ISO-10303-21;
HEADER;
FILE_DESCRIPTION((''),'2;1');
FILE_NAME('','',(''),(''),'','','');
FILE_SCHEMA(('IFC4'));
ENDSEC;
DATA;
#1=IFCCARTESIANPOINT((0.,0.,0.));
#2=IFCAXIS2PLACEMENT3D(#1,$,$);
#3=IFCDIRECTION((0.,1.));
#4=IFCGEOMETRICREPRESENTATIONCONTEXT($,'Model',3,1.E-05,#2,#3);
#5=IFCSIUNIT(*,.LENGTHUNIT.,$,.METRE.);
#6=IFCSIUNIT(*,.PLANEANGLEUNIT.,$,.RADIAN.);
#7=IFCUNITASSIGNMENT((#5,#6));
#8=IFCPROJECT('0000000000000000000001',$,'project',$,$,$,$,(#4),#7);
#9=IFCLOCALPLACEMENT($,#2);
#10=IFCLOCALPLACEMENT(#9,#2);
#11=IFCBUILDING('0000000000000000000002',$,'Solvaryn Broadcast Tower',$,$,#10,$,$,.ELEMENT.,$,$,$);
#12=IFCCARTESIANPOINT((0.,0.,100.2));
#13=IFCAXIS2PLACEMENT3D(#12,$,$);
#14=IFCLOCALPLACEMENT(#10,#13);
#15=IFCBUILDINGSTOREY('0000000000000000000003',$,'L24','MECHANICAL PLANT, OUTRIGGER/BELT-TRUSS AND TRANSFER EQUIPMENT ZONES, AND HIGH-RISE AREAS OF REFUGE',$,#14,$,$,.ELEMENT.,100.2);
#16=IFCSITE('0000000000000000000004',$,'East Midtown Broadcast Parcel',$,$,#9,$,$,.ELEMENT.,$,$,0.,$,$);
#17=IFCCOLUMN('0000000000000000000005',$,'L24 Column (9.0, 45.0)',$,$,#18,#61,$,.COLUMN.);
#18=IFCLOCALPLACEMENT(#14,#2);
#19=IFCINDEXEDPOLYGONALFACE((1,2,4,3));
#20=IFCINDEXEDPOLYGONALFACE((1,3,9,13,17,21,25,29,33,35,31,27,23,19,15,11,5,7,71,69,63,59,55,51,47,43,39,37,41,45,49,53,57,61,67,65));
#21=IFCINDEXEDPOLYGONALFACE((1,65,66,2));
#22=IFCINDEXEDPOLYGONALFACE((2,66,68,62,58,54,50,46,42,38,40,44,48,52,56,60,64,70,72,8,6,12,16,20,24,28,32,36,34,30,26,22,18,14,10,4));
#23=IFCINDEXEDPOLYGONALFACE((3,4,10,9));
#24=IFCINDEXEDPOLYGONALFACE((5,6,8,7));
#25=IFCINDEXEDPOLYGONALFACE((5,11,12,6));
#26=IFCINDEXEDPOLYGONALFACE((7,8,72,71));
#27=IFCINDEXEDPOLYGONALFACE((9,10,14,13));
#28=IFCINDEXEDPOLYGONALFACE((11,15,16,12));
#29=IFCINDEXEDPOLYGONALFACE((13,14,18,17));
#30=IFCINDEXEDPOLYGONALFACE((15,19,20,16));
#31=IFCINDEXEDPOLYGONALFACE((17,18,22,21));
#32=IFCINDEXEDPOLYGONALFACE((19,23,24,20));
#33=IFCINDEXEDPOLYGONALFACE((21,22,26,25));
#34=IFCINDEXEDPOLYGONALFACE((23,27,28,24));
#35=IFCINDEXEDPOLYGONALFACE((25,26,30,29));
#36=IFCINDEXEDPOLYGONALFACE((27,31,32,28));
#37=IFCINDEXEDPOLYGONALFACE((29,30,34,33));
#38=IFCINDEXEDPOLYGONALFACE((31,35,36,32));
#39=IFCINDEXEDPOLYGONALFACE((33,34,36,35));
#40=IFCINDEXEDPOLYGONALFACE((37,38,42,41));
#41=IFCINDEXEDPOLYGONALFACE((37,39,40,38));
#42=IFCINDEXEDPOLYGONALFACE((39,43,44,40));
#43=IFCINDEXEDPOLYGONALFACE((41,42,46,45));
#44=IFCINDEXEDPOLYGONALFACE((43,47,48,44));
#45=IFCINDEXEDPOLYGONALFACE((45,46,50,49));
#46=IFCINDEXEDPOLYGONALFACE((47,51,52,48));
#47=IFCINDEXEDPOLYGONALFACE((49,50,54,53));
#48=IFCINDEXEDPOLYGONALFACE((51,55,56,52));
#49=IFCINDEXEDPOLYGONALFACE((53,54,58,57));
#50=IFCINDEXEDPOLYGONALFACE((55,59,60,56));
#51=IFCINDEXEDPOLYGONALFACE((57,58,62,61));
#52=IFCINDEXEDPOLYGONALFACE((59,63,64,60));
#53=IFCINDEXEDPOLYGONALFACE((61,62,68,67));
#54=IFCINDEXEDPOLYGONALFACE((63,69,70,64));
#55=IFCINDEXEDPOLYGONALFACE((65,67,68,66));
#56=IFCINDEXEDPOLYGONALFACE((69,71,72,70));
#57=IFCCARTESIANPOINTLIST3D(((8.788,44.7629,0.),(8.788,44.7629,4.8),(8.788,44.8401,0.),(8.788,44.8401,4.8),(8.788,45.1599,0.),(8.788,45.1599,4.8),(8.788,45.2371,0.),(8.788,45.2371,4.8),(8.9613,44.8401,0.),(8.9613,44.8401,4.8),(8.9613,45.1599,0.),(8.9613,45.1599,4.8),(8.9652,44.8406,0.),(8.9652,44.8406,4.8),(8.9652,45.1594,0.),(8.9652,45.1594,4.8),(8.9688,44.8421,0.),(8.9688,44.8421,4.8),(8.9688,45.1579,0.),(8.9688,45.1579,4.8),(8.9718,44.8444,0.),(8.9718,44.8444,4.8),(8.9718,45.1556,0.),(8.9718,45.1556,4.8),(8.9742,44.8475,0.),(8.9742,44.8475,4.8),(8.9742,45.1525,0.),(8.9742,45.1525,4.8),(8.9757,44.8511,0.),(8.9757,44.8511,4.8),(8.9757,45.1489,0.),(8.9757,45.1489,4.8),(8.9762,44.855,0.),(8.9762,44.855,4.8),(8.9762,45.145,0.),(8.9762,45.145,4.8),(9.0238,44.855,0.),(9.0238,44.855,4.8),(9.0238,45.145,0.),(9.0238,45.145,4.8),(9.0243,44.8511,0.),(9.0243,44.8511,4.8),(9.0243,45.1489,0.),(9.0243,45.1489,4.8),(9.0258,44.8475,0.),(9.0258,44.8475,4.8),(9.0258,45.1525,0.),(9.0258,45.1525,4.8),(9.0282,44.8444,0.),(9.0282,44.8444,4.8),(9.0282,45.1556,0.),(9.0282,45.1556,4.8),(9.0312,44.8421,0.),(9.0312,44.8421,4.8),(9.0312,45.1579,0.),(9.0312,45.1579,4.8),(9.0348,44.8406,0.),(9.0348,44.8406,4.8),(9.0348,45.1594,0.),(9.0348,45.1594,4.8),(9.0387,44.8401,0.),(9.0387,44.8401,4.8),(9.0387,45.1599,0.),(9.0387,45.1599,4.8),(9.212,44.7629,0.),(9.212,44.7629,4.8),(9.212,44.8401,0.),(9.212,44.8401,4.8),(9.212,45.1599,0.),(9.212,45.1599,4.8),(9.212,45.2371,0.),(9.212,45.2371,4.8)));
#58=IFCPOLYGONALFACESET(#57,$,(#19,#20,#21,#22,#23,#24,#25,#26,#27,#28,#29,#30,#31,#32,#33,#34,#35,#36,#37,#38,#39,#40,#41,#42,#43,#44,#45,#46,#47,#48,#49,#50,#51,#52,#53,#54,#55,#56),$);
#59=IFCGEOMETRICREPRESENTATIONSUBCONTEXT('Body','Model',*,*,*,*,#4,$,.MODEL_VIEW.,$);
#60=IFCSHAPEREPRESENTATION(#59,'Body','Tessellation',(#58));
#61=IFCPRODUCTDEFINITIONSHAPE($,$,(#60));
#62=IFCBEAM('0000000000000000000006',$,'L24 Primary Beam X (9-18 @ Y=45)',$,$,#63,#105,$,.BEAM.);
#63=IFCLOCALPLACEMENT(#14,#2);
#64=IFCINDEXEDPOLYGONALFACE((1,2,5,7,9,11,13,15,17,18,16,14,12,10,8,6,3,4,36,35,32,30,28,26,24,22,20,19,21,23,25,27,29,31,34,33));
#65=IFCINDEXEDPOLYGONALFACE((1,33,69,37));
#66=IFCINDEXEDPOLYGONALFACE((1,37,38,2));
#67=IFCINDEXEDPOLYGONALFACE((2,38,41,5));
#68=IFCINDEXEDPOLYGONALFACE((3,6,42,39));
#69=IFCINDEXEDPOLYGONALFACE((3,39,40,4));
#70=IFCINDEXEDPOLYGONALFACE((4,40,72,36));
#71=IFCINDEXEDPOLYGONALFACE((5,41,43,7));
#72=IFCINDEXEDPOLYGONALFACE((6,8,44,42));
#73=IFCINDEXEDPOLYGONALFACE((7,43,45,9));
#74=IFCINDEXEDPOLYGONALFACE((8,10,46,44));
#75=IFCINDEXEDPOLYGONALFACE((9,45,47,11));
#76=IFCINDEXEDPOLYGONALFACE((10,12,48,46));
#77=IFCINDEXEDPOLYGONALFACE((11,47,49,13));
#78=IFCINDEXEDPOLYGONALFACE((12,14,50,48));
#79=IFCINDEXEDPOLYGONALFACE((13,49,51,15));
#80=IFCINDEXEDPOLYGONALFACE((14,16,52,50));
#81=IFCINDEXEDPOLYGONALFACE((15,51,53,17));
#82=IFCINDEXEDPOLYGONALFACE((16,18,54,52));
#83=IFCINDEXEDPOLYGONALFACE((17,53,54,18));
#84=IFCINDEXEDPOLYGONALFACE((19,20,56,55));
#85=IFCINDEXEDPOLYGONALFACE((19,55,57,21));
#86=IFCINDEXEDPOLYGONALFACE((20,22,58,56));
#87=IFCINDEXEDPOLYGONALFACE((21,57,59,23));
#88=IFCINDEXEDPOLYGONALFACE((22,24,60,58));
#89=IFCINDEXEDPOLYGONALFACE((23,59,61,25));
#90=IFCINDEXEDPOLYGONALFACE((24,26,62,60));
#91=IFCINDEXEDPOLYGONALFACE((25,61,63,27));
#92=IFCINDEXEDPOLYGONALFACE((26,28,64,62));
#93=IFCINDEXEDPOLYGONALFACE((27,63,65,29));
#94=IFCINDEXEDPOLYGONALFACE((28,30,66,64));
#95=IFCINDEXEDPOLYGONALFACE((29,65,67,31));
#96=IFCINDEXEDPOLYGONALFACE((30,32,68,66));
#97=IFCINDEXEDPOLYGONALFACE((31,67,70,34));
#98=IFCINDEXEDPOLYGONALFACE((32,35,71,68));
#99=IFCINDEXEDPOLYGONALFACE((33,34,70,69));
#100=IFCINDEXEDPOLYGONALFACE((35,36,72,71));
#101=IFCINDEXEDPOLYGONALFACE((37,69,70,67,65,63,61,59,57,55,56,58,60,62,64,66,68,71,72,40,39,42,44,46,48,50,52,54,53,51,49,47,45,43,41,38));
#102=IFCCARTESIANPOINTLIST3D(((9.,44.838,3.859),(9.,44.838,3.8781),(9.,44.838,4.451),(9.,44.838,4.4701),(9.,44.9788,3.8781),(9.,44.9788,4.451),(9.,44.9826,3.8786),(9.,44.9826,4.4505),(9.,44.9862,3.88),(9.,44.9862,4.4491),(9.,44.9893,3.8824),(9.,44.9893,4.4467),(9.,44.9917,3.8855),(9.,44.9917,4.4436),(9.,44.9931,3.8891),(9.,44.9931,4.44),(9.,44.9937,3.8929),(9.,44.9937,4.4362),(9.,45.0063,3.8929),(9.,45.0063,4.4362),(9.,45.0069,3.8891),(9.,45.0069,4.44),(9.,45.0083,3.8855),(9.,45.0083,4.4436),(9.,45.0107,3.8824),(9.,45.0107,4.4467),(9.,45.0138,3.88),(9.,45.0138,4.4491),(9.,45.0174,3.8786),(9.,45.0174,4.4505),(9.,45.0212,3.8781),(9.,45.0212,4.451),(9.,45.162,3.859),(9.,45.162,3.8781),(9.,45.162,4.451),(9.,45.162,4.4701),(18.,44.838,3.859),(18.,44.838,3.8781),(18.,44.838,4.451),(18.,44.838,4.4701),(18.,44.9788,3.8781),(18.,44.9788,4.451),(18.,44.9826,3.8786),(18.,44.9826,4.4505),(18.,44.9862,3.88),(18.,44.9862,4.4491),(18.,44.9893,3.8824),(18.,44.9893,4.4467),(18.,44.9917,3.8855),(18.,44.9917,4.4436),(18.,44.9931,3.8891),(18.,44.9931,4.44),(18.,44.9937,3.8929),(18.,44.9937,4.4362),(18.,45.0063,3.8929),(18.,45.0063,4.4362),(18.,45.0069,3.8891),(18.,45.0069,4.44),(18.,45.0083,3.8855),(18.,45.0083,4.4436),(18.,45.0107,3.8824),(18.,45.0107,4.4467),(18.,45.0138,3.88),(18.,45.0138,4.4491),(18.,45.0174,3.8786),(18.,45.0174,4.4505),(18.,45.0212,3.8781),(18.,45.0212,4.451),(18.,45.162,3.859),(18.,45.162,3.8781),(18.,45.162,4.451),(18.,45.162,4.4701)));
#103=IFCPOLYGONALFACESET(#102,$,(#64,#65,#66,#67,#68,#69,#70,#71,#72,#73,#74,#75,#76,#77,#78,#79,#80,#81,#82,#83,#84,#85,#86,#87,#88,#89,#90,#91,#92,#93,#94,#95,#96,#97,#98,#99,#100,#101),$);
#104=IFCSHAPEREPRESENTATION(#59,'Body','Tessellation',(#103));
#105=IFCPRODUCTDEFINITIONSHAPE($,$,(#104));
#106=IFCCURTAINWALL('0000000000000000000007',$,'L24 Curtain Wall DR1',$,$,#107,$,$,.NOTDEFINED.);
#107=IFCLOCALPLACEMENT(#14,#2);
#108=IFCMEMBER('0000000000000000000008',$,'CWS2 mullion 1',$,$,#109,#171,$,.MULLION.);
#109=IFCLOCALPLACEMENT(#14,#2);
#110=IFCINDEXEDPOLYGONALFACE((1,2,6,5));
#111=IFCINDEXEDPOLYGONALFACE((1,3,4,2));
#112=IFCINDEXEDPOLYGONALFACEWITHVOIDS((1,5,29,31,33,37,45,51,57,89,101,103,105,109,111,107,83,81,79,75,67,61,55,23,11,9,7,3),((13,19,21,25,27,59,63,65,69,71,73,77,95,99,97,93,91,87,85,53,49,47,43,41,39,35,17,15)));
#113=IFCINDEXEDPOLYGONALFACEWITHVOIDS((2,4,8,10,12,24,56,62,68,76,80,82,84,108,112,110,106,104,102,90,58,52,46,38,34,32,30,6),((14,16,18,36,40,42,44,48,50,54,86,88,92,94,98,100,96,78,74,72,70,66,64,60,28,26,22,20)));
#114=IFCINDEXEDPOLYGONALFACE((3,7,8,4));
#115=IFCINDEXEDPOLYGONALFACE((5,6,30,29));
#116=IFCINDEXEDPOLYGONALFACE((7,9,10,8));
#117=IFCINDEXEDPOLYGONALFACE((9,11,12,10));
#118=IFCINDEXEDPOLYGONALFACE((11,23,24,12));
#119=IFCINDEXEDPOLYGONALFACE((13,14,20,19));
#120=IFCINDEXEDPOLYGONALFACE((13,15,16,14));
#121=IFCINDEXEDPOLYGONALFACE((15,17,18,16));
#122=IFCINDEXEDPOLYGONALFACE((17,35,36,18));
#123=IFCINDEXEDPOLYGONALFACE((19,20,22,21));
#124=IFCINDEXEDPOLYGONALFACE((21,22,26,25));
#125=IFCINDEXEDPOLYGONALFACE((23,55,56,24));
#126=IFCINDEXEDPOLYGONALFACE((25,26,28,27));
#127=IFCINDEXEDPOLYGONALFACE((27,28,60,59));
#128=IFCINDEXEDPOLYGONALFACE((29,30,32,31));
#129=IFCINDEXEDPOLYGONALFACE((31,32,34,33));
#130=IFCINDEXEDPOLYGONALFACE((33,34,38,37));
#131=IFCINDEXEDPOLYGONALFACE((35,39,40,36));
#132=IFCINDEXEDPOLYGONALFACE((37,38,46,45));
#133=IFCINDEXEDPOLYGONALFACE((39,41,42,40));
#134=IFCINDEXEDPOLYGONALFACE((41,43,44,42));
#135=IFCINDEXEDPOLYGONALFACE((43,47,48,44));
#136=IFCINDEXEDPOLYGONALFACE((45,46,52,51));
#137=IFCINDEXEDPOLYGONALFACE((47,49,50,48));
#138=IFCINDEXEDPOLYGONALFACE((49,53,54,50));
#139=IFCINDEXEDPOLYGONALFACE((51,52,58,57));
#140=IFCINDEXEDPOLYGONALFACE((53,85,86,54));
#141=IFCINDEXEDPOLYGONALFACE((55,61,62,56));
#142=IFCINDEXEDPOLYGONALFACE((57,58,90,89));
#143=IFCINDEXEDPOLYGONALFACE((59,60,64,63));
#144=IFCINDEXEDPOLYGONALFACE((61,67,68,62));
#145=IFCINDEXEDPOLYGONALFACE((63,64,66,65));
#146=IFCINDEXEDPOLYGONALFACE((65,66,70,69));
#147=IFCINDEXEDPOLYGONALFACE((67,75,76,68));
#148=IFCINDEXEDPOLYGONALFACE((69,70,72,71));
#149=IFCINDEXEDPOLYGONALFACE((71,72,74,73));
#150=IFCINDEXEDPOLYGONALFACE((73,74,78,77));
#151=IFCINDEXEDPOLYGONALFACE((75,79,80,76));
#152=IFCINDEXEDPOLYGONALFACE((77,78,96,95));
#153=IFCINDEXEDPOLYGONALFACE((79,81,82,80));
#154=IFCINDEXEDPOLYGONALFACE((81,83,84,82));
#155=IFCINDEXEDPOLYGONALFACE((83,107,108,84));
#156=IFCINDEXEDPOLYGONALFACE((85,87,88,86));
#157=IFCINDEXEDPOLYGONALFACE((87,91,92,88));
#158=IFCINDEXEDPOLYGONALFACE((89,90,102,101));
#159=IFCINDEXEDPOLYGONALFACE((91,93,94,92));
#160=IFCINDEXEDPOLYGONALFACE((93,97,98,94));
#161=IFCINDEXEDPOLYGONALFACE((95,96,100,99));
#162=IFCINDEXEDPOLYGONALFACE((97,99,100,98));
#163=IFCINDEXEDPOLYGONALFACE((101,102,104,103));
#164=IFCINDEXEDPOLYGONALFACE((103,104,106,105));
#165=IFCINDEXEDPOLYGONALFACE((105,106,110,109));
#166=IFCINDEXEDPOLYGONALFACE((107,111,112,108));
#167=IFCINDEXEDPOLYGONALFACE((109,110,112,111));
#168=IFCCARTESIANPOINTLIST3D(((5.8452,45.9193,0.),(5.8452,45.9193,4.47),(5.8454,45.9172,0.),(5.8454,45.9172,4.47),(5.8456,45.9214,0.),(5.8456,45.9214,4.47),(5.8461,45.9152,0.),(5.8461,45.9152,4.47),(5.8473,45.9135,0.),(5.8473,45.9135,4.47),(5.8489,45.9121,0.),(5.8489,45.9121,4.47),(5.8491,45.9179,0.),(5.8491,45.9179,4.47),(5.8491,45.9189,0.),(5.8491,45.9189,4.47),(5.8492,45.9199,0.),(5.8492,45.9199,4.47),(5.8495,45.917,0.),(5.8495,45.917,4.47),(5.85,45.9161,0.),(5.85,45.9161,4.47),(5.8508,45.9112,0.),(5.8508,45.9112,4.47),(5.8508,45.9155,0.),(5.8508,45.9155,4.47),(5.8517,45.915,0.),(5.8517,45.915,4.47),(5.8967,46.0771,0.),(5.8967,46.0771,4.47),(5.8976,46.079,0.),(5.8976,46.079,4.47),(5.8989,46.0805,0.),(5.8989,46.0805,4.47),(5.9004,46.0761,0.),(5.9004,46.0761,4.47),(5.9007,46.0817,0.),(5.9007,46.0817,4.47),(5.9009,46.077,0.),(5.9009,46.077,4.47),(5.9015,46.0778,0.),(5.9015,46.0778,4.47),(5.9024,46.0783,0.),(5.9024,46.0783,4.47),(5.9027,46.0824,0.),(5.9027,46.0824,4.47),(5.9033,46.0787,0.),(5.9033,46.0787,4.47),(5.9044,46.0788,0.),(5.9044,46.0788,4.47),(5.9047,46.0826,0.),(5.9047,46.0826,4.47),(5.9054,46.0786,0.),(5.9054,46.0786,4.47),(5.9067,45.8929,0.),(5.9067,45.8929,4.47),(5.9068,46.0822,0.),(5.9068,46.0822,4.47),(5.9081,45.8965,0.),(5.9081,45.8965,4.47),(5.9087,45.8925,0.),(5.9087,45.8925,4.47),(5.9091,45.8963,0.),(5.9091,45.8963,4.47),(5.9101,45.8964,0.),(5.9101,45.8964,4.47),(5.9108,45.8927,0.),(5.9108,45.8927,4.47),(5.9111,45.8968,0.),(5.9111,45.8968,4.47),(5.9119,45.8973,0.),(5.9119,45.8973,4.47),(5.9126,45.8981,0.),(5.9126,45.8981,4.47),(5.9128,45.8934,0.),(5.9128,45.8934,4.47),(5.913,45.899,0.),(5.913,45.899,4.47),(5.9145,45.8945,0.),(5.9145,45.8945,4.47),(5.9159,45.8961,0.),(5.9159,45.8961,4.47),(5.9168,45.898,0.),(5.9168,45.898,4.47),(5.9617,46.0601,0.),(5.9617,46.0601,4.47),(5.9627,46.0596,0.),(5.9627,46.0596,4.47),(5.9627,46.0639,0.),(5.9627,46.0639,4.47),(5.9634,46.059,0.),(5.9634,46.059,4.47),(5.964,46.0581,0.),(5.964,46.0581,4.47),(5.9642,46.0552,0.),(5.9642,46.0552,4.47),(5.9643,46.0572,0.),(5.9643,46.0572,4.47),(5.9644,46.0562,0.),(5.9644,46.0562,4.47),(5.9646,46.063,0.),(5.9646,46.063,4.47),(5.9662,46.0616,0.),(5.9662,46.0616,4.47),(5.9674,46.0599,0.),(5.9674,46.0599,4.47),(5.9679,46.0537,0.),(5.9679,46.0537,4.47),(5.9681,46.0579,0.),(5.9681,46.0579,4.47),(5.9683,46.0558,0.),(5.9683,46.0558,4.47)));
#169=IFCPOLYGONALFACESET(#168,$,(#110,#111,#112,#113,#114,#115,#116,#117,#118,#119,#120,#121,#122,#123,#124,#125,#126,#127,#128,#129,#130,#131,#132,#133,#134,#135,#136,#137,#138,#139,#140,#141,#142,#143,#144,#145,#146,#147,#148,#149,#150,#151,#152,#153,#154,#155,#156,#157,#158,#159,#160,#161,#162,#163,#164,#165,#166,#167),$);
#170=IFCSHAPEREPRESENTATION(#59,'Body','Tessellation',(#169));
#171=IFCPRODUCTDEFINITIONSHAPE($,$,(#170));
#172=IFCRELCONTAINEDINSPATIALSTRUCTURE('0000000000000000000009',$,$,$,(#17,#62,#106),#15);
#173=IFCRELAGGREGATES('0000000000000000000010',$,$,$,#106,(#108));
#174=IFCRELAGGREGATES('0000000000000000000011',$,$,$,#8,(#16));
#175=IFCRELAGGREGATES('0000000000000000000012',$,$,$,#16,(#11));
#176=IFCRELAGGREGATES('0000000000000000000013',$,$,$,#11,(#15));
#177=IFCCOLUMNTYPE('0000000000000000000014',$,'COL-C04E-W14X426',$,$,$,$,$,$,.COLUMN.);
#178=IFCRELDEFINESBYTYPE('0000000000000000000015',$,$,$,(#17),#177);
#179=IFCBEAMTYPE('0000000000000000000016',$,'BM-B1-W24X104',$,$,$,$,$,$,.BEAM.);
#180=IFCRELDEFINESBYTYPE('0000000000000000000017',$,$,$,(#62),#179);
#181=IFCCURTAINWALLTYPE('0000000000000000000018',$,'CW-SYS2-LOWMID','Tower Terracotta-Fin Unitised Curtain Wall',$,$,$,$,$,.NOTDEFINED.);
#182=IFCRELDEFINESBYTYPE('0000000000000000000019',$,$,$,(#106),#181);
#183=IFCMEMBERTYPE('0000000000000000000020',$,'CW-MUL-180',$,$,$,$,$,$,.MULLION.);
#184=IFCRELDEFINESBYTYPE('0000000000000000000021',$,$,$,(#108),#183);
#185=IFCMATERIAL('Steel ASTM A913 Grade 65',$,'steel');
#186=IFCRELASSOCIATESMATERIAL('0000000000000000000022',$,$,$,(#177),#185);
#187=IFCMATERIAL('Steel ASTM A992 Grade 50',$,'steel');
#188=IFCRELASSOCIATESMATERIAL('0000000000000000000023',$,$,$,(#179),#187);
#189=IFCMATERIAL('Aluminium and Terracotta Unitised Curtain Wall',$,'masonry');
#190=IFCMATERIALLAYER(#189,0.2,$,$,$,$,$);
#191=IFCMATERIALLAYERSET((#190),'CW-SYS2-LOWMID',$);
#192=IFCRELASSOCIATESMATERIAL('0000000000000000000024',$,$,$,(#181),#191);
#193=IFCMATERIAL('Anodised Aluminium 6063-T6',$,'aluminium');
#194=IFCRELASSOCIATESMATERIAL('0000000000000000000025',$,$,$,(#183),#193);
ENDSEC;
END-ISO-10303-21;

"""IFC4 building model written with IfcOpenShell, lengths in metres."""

from ifc_helpers import new_model, si_unit, direction, frame, origin, origin_2d, place, context, subcontext, project, spatial, hollow_rectangle, i_section, extrude, material, layer, layer_set, material_profile, profile_set, type_object, element, aggregate, save


model = new_model("IFC4")

# Units and contexts
model_context = context("Model", 3, precision=1e-05, world=origin(), true_north=direction((0.0, 1.0)))
body_context = subcontext(model_context, "Body", "Model", "MODEL_VIEW")
ifc_project = project(units=[si_unit("LENGTHUNIT", "METRE"), si_unit("PLANEANGLEUNIT", "RADIAN")], contexts=[model_context])

# Site, building, storey
site_placement = place(None, origin())
site = spatial("IfcSite", under=ifc_project, at=site_placement, Name="East Midtown Broadcast Parcel", CompositionType="ELEMENT", RefElevation=0.0)
building_placement = place(site_placement, origin())
building = spatial("IfcBuilding", under=site, at=building_placement, Name="Solvaryn Broadcast Tower", CompositionType="ELEMENT")
storey_placement = place(building_placement, frame((0.0, 0.0, 100.2)))
storey = spatial("IfcBuildingStorey", under=building, at=storey_placement, Name="L24", Description="MECHANICAL PLANT, OUTRIGGER/BELT-TRUSS AND TRANSFER EQUIPMENT ZONES, AND HIGH-RISE AREAS OF REFUGE", CompositionType="ELEMENT", Elevation=100.2)

# Column
ifc_material_1 = material(Name="Steel ASTM A913 Grade 65", Category="steel")
ifc_material_profile_1 = material_profile(ifc_material_1, i_section(OverallWidth=0.4241, OverallDepth=0.4741, WebThickness=0.0476, FlangeThickness=0.0771, FilletRadius=0.0149, at=origin_2d()))
ifc_profile_set_1 = profile_set([ifc_material_profile_1], Name="Steel ASTM A913 Grade 65")
column_type = type_object("IfcColumnType", Name="COL-C04E-W14X426", PredefinedType="COLUMN", material=ifc_profile_set_1)
column_placement = place(storey_placement, frame((9.0, 45.0, 0.0), z_axis=(0.0, 0.0, 1.0), x_axis=(1.0, 0.0, 0.0)))
element("IfcColumn", 1, at=column_placement, inside=storey, type_object=column_type, Name="L24 Column (9.0, 45.0)", PredefinedType="COLUMN", context=body_context, shape_type="SweptSolid", body=[
    extrude(i_section(OverallWidth=0.4241, OverallDepth=0.4741, WebThickness=0.0476, FlangeThickness=0.0771, FilletRadius=0.0149, at=origin_2d()), origin(), (0.0, 0.0, 1.0), 4.8),
])

# Beam
ifc_material_2 = material(Name="Steel ASTM A992 Grade 50", Category="steel")
ifc_material_profile_2 = material_profile(ifc_material_2, i_section(OverallWidth=0.324, OverallDepth=0.6111, WebThickness=0.0127, FlangeThickness=0.019, FilletRadius=0.0149, at=origin_2d()))
ifc_profile_set_2 = profile_set([ifc_material_profile_2], Name="Steel ASTM A992 Grade 50")
beam_type = type_object("IfcBeamType", Name="BM-B1-W24X104", PredefinedType="BEAM", material=ifc_profile_set_2)
beam_placement = place(storey_placement, frame((9.0, 45.0, 4.1646), z_axis=(1.0, 0.0, 0.0), x_axis=(0.0, 1.0, 0.0)))
element("IfcBeam", 2, at=beam_placement, inside=storey, type_object=beam_type, Name="L24 Primary Beam X (9-18 @ Y=45)", PredefinedType="BEAM", context=body_context, shape_type="SweptSolid", body=[
    extrude(i_section(OverallWidth=0.324, OverallDepth=0.6111, WebThickness=0.0127, FlangeThickness=0.019, FilletRadius=0.0149, at=origin_2d()), origin(), (0.0, 0.0, 1.0), 9.0),
])

# Curtain wall, member
ifc_material_3 = material(Name="Aluminium and Terracotta Unitised Curtain Wall", Category="masonry")
ifc_layer_1 = layer(ifc_material_3, 0.2)
ifc_layer_set_1 = layer_set([ifc_layer_1], Name="CW-SYS2-LOWMID")
curtain_wall_type = type_object("IfcCurtainWallType", Name="CW-SYS2-LOWMID", Description="Tower Terracotta-Fin Unitised Curtain Wall", PredefinedType="NOTDEFINED", material=ifc_layer_set_1)
curtain_wall_1_placement = place(storey_placement, origin())
curtain_wall_1 = element("IfcCurtainWall", 3, at=curtain_wall_1_placement, inside=storey, type_object=curtain_wall_type, Name="L24 Curtain Wall DR1", PredefinedType="NOTDEFINED")
ifc_material_4 = material(Name="Anodised Aluminium 6063-T6", Category="aluminium")
ifc_material_profile_3 = material_profile(ifc_material_4, hollow_rectangle(XDim=0.075, YDim=0.1799, WallThickness=0.0039, InnerFilletRadius=0.0039, OuterFilletRadius=0.0081, at=origin_2d()))
ifc_profile_set_3 = profile_set([ifc_material_profile_3], Name="Anodised Aluminium 6063-T6")
member_type_1 = type_object("IfcMemberType", Name="CW-MUL-180", PredefinedType="MULLION", material=ifc_profile_set_3)
member_1_placement = place(storey_placement, frame((5.9067, 45.9875, 0.0), z_axis=(0.0, 0.0, 1.0), x_axis=(0.950215, -0.311594, 0.0)))
member_1 = element("IfcMember", 4, at=member_1_placement, type_object=member_type_1, Name="CWS2 mullion 1", PredefinedType="MULLION", context=body_context, shape_type="SweptSolid", body=[
    extrude(hollow_rectangle(XDim=0.075, YDim=0.1799, WallThickness=0.0039, InnerFilletRadius=0.0039, OuterFilletRadius=0.0081, at=origin_2d()), origin(), (0.0, 0.0, 1.0), 4.47),
])

aggregate(curtain_wall_1, [member_1])

save(model, "model.ifc")
